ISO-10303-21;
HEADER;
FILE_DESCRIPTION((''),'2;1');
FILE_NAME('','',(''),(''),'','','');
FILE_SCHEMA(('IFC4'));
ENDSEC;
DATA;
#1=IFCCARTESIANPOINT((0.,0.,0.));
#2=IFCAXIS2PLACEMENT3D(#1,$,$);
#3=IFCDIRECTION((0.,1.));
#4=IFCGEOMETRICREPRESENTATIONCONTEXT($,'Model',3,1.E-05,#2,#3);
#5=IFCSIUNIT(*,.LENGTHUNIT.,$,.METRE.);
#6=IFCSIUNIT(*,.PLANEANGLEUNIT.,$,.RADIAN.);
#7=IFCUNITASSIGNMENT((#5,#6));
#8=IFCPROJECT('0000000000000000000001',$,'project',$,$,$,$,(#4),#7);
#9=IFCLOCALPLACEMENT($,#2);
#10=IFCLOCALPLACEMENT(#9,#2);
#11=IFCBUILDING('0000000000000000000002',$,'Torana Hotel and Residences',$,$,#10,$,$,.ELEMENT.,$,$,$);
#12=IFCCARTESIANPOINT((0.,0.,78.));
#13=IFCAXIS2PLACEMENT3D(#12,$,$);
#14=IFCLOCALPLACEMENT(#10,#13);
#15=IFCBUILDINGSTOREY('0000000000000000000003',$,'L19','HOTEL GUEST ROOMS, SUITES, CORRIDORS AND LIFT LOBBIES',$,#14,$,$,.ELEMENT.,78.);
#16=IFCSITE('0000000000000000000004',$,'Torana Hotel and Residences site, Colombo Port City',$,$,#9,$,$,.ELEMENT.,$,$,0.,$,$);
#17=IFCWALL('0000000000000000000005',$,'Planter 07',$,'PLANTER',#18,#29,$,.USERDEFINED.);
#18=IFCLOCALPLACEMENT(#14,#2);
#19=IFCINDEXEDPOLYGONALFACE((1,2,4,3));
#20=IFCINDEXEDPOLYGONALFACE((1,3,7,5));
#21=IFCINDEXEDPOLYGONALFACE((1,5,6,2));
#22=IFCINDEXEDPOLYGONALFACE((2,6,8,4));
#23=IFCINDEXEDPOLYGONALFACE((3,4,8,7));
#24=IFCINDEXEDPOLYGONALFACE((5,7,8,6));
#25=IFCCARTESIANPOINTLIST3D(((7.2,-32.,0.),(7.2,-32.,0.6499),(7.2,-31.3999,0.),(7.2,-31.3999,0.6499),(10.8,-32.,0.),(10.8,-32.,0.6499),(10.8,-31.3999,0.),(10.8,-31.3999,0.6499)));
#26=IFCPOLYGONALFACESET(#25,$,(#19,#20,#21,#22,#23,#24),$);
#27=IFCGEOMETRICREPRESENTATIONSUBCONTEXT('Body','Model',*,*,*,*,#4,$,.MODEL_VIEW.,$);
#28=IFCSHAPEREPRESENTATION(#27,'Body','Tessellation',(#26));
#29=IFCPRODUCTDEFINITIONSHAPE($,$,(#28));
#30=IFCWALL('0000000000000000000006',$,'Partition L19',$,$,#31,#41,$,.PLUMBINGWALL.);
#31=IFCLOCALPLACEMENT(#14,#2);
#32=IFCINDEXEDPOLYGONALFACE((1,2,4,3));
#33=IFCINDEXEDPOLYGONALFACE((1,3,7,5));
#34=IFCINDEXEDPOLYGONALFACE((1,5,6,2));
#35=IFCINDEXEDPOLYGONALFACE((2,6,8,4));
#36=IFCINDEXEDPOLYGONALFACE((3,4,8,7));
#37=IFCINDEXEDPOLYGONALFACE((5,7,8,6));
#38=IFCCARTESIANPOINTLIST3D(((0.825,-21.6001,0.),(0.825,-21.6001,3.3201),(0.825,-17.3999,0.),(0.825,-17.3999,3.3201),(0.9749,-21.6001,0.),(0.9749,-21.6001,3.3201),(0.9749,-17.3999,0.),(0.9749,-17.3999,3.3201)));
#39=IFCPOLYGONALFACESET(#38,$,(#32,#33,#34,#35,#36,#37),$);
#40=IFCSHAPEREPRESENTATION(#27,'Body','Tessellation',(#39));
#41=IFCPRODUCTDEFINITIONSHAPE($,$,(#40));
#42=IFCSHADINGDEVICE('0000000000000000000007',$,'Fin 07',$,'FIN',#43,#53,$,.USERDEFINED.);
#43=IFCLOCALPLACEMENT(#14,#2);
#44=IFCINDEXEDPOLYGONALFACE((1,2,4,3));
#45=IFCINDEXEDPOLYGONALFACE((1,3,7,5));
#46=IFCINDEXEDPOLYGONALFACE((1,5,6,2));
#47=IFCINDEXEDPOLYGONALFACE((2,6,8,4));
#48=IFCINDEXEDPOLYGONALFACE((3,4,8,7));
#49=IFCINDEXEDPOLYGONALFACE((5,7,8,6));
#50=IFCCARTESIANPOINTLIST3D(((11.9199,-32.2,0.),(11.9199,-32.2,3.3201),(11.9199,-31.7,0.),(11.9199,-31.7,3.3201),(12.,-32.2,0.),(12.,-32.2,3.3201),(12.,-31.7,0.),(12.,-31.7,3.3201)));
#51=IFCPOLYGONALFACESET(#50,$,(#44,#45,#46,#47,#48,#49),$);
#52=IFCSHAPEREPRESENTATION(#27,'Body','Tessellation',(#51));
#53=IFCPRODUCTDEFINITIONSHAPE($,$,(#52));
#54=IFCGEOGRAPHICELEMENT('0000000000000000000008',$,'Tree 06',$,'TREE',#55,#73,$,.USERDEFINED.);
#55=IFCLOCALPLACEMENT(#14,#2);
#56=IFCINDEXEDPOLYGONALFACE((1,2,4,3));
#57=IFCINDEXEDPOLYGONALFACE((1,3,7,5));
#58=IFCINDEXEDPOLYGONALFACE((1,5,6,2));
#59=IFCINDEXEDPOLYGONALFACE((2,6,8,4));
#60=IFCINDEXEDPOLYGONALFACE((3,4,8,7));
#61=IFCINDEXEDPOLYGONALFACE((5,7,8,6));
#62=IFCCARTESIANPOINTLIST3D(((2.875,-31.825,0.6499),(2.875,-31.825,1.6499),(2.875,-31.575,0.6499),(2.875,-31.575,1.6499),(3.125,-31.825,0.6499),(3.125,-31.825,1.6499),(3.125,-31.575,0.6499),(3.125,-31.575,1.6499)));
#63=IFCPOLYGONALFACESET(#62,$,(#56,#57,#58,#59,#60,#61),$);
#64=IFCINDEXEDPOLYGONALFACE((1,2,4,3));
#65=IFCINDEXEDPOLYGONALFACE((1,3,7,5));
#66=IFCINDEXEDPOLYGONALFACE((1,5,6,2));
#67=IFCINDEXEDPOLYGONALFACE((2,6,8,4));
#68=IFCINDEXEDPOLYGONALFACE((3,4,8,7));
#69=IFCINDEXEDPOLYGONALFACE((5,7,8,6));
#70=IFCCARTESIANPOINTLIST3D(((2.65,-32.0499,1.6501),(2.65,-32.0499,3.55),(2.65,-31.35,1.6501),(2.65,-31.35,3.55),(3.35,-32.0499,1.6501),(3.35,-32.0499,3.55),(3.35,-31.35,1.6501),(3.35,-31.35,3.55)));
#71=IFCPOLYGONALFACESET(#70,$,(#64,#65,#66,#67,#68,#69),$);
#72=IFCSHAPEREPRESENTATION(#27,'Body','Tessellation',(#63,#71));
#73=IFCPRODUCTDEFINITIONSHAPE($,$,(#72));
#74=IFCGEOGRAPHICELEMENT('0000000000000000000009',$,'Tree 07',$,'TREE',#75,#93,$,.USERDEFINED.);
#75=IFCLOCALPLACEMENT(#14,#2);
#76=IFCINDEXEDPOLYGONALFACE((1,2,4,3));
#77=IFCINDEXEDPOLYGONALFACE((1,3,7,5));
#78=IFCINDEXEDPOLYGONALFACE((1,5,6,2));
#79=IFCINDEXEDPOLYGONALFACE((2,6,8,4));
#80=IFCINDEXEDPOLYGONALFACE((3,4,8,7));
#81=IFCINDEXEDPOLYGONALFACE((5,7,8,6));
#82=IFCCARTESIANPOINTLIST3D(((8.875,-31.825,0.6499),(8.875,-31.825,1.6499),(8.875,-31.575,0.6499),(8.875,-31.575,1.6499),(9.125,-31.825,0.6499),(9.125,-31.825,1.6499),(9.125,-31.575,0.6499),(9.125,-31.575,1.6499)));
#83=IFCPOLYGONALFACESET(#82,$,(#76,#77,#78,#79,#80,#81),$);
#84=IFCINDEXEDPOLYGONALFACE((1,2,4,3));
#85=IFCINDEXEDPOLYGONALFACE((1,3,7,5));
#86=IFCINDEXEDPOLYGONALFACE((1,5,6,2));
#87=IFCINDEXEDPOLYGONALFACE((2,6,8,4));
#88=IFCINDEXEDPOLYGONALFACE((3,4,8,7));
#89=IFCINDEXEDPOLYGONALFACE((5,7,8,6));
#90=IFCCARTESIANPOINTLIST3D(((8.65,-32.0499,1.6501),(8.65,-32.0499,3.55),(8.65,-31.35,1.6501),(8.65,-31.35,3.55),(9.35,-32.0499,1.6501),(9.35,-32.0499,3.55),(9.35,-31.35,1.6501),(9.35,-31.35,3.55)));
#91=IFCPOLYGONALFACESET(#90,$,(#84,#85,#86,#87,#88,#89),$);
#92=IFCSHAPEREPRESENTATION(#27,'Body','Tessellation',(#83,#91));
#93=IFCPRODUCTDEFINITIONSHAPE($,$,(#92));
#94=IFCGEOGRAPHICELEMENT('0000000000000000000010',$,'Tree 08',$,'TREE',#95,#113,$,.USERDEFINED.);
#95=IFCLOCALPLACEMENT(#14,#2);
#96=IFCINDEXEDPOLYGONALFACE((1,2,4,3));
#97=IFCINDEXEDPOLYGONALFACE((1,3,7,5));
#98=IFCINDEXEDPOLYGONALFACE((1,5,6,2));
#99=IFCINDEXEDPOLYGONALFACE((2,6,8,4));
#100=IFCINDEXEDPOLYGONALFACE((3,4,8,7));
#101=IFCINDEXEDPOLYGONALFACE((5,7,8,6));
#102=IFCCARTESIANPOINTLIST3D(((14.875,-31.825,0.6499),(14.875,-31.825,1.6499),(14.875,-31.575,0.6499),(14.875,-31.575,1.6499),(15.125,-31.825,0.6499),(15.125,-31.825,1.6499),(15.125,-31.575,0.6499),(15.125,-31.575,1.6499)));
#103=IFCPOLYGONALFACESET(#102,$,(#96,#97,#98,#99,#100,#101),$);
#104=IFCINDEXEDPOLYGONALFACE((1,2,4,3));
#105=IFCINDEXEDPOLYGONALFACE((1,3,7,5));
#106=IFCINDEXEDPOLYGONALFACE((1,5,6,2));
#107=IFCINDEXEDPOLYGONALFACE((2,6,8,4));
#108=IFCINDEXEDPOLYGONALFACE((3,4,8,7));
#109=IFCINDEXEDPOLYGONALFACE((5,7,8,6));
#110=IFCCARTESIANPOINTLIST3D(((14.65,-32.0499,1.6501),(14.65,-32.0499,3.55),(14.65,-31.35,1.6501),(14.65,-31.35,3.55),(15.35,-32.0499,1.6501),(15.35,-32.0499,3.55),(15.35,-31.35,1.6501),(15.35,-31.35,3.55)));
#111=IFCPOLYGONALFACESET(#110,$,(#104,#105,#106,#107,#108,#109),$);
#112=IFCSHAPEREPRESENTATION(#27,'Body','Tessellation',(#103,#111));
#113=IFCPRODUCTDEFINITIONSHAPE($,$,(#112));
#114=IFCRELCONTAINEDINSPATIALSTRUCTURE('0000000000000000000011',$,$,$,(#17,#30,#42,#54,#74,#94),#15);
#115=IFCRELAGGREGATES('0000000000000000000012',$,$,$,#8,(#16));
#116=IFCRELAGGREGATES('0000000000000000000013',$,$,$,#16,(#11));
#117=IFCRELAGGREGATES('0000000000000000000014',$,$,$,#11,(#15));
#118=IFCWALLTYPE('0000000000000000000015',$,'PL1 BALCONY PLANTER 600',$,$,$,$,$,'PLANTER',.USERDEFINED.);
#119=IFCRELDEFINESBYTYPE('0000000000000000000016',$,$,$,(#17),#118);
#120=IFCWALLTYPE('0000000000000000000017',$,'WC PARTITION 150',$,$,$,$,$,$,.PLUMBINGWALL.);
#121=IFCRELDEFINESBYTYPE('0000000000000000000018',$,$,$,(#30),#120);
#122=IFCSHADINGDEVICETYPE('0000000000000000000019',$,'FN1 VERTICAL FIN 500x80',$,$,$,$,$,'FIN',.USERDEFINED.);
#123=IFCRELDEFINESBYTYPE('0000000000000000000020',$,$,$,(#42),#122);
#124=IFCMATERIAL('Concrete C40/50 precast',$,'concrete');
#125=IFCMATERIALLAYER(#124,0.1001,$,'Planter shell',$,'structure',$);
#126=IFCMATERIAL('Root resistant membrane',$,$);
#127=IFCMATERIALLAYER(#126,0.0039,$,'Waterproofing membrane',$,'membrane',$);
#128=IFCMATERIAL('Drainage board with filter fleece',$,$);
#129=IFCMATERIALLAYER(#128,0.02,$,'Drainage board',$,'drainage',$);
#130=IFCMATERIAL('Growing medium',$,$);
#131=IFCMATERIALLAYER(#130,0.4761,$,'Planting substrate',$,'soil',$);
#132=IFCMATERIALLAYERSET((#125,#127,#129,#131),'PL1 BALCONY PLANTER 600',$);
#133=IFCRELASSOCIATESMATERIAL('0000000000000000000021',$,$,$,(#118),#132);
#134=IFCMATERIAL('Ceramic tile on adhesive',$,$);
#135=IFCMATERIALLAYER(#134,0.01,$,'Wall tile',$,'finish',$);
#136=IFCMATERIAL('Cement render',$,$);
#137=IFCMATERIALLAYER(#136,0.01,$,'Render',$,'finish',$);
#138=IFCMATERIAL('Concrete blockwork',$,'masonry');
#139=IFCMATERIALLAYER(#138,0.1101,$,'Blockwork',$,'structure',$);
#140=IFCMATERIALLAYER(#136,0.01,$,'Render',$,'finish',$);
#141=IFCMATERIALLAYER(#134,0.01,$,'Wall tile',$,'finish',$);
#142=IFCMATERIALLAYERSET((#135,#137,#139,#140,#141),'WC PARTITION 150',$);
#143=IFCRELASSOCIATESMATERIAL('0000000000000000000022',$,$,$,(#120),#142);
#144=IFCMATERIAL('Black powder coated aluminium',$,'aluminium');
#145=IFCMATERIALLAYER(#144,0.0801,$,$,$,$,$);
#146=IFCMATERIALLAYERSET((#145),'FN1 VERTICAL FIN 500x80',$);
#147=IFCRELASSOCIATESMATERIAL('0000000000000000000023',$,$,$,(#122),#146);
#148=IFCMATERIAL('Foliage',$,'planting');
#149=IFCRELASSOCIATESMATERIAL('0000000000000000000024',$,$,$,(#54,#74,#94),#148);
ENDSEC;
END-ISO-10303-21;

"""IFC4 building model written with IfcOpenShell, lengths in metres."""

from ifc_helpers import new_model, si_unit, direction, frame, frame_2d, origin, origin_2d, place, context, subcontext, project, spatial, rectangle, extrude, material, layer, layer_set, type_object, element, save


model = new_model("IFC4")

# Units and contexts
model_context = context("Model", 3, precision=1e-05, world=origin(), true_north=direction((0.0, 1.0)))
body_context = subcontext(model_context, "Body", "Model", "MODEL_VIEW")
ifc_project = project(units=[si_unit("LENGTHUNIT", "METRE"), si_unit("PLANEANGLEUNIT", "RADIAN")], contexts=[model_context])

# Site, building, storey
site_placement = place(None, origin())
site = spatial("IfcSite", under=ifc_project, at=site_placement, Name="Torana Hotel and Residences site, Colombo Port City", CompositionType="ELEMENT", RefElevation=0.0)
building_placement = place(site_placement, origin())
building = spatial("IfcBuilding", under=site, at=building_placement, Name="Torana Hotel and Residences", CompositionType="ELEMENT")
storey_placement = place(building_placement, frame((0.0, 0.0, 78.0)))
storey = spatial("IfcBuildingStorey", under=building, at=storey_placement, Name="L19", Description="HOTEL GUEST ROOMS, SUITES, CORRIDORS AND LIFT LOBBIES", CompositionType="ELEMENT", Elevation=78.0)

# Walls
ifc_material_1 = material(Name="Concrete C40/50 precast", Category="concrete")
ifc_layer_1 = layer(ifc_material_1, 0.1001, Name="Planter shell", Category="structure")
ifc_material_2 = material(Name="Root resistant membrane")
ifc_layer_2 = layer(ifc_material_2, 0.0039, Name="Waterproofing membrane", Category="membrane")
ifc_material_3 = material(Name="Drainage board with filter fleece")
ifc_layer_3 = layer(ifc_material_3, 0.02, Name="Drainage board", Category="drainage")
ifc_material_4 = material(Name="Growing medium")
ifc_layer_4 = layer(ifc_material_4, 0.4761, Name="Planting substrate", Category="soil")
ifc_layer_set_1 = layer_set([ifc_layer_1, ifc_layer_2, ifc_layer_3, ifc_layer_4], Name="PL1 BALCONY PLANTER 600")
wall_type_1 = type_object("IfcWallType", Name="PL1 BALCONY PLANTER 600", ElementType="PLANTER", PredefinedType="USERDEFINED", material=ifc_layer_set_1)
for number, where, z_axis, x_axis, name in (
    (1, (10.8, -31.7, 0.0), (0.0, 0.0, 1.0), (-1.0, 0.0, 0.0), "Planter 07"),
):
    element("IfcWall", number, at=place(storey_placement, frame(where, z_axis=z_axis, x_axis=x_axis)), inside=storey, type_object=wall_type_1, Name=name, ObjectType="PLANTER", PredefinedType="USERDEFINED", context=body_context, shape_type="SweptSolid", body=[
        extrude(rectangle(XDim=3.6001, YDim=0.6001, at=frame_2d((1.8, 0.0))), origin(), (0.0, 0.0, 1.0), 0.6499),
    ])
ifc_material_5 = material(Name="Ceramic tile on adhesive")
ifc_layer_5 = layer(ifc_material_5, 0.01, Name="Wall tile", Category="finish")
ifc_material_6 = material(Name="Cement render")
ifc_layer_6 = layer(ifc_material_6, 0.01, Name="Render", Category="finish")
ifc_material_7 = material(Name="Concrete blockwork", Category="masonry")
ifc_layer_7 = layer(ifc_material_7, 0.1101, Name="Blockwork", Category="structure")
ifc_layer_8 = layer(ifc_material_6, 0.01, Name="Render", Category="finish")
ifc_layer_9 = layer(ifc_material_5, 0.01, Name="Wall tile", Category="finish")
ifc_layer_set_2 = layer_set([ifc_layer_5, ifc_layer_6, ifc_layer_7, ifc_layer_8, ifc_layer_9], Name="WC PARTITION 150")
wall_type_2 = type_object("IfcWallType", Name="WC PARTITION 150", PredefinedType="PLUMBINGWALL", material=ifc_layer_set_2)
wall_1_placement = place(storey_placement, frame((0.8999, -21.6001, 0.0), z_axis=(0.0, 0.0, 1.0), x_axis=(0.0, 1.0, 0.0)))
element("IfcWall", 2, at=wall_1_placement, inside=storey, type_object=wall_type_2, Name="Partition L19", PredefinedType="PLUMBINGWALL", context=body_context, shape_type="SweptSolid", body=[
    extrude(rectangle(XDim=4.2002, YDim=0.1499, at=frame_2d((2.1001, 0.0))), origin(), (0.0, 0.0, 1.0), 3.3201),
])

# Shading device
ifc_material_8 = material(Name="Black powder coated aluminium", Category="aluminium")
ifc_layer_10 = layer(ifc_material_8, 0.0801)
ifc_layer_set_3 = layer_set([ifc_layer_10], Name="FN1 VERTICAL FIN 500x80")
shading_device_type = type_object("IfcShadingDeviceType", Name="FN1 VERTICAL FIN 500x80", ElementType="FIN", PredefinedType="USERDEFINED", material=ifc_layer_set_3)
shading_device_placement = place(storey_placement, frame((11.96, -31.95, 0.0), z_axis=(0.0, 0.0, 1.0), x_axis=(-1.0, 0.0, 0.0)))
element("IfcShadingDevice", 3, at=shading_device_placement, inside=storey, type_object=shading_device_type, Name="Fin 07", ObjectType="FIN", PredefinedType="USERDEFINED", context=body_context, shape_type="SweptSolid", body=[
    extrude(rectangle(XDim=0.0801, YDim=0.5, at=origin_2d()), origin(), (0.0, 0.0, 1.0), 3.3201),
])

# Geographic elements
ifc_material_9 = material(Name="Foliage", Category="planting")
for number, where, z_axis, x_axis, name in (
    (4, (3.0, -31.7, 0.6499), (0.0, 0.0, 1.0), (1.0, 0.0, 0.0), "Tree 06"),
    (5, (9.0, -31.7, 0.6499), (0.0, 0.0, 1.0), (1.0, 0.0, 0.0), "Tree 07"),
    (6, (15.0, -31.7, 0.6499), (0.0, 0.0, 1.0), (1.0, 0.0, 0.0), "Tree 08"),
):
    element("IfcGeographicElement", number, at=place(storey_placement, frame(where, z_axis=z_axis, x_axis=x_axis)), inside=storey, material=ifc_material_9, Name=name, ObjectType="TREE", PredefinedType="USERDEFINED", context=body_context, shape_type="SweptSolid", body=[
        extrude(rectangle(XDim=0.25, YDim=0.25, at=origin_2d()), origin(), (0.0, 0.0, 1.0), 1.0),
        extrude(rectangle(XDim=0.7, YDim=0.7, at=origin_2d()), frame((0.0, 0.0, 1.0002)), (0.0, 0.0, 1.0), 1.8999),
    ])

save(model, "model.ifc")
